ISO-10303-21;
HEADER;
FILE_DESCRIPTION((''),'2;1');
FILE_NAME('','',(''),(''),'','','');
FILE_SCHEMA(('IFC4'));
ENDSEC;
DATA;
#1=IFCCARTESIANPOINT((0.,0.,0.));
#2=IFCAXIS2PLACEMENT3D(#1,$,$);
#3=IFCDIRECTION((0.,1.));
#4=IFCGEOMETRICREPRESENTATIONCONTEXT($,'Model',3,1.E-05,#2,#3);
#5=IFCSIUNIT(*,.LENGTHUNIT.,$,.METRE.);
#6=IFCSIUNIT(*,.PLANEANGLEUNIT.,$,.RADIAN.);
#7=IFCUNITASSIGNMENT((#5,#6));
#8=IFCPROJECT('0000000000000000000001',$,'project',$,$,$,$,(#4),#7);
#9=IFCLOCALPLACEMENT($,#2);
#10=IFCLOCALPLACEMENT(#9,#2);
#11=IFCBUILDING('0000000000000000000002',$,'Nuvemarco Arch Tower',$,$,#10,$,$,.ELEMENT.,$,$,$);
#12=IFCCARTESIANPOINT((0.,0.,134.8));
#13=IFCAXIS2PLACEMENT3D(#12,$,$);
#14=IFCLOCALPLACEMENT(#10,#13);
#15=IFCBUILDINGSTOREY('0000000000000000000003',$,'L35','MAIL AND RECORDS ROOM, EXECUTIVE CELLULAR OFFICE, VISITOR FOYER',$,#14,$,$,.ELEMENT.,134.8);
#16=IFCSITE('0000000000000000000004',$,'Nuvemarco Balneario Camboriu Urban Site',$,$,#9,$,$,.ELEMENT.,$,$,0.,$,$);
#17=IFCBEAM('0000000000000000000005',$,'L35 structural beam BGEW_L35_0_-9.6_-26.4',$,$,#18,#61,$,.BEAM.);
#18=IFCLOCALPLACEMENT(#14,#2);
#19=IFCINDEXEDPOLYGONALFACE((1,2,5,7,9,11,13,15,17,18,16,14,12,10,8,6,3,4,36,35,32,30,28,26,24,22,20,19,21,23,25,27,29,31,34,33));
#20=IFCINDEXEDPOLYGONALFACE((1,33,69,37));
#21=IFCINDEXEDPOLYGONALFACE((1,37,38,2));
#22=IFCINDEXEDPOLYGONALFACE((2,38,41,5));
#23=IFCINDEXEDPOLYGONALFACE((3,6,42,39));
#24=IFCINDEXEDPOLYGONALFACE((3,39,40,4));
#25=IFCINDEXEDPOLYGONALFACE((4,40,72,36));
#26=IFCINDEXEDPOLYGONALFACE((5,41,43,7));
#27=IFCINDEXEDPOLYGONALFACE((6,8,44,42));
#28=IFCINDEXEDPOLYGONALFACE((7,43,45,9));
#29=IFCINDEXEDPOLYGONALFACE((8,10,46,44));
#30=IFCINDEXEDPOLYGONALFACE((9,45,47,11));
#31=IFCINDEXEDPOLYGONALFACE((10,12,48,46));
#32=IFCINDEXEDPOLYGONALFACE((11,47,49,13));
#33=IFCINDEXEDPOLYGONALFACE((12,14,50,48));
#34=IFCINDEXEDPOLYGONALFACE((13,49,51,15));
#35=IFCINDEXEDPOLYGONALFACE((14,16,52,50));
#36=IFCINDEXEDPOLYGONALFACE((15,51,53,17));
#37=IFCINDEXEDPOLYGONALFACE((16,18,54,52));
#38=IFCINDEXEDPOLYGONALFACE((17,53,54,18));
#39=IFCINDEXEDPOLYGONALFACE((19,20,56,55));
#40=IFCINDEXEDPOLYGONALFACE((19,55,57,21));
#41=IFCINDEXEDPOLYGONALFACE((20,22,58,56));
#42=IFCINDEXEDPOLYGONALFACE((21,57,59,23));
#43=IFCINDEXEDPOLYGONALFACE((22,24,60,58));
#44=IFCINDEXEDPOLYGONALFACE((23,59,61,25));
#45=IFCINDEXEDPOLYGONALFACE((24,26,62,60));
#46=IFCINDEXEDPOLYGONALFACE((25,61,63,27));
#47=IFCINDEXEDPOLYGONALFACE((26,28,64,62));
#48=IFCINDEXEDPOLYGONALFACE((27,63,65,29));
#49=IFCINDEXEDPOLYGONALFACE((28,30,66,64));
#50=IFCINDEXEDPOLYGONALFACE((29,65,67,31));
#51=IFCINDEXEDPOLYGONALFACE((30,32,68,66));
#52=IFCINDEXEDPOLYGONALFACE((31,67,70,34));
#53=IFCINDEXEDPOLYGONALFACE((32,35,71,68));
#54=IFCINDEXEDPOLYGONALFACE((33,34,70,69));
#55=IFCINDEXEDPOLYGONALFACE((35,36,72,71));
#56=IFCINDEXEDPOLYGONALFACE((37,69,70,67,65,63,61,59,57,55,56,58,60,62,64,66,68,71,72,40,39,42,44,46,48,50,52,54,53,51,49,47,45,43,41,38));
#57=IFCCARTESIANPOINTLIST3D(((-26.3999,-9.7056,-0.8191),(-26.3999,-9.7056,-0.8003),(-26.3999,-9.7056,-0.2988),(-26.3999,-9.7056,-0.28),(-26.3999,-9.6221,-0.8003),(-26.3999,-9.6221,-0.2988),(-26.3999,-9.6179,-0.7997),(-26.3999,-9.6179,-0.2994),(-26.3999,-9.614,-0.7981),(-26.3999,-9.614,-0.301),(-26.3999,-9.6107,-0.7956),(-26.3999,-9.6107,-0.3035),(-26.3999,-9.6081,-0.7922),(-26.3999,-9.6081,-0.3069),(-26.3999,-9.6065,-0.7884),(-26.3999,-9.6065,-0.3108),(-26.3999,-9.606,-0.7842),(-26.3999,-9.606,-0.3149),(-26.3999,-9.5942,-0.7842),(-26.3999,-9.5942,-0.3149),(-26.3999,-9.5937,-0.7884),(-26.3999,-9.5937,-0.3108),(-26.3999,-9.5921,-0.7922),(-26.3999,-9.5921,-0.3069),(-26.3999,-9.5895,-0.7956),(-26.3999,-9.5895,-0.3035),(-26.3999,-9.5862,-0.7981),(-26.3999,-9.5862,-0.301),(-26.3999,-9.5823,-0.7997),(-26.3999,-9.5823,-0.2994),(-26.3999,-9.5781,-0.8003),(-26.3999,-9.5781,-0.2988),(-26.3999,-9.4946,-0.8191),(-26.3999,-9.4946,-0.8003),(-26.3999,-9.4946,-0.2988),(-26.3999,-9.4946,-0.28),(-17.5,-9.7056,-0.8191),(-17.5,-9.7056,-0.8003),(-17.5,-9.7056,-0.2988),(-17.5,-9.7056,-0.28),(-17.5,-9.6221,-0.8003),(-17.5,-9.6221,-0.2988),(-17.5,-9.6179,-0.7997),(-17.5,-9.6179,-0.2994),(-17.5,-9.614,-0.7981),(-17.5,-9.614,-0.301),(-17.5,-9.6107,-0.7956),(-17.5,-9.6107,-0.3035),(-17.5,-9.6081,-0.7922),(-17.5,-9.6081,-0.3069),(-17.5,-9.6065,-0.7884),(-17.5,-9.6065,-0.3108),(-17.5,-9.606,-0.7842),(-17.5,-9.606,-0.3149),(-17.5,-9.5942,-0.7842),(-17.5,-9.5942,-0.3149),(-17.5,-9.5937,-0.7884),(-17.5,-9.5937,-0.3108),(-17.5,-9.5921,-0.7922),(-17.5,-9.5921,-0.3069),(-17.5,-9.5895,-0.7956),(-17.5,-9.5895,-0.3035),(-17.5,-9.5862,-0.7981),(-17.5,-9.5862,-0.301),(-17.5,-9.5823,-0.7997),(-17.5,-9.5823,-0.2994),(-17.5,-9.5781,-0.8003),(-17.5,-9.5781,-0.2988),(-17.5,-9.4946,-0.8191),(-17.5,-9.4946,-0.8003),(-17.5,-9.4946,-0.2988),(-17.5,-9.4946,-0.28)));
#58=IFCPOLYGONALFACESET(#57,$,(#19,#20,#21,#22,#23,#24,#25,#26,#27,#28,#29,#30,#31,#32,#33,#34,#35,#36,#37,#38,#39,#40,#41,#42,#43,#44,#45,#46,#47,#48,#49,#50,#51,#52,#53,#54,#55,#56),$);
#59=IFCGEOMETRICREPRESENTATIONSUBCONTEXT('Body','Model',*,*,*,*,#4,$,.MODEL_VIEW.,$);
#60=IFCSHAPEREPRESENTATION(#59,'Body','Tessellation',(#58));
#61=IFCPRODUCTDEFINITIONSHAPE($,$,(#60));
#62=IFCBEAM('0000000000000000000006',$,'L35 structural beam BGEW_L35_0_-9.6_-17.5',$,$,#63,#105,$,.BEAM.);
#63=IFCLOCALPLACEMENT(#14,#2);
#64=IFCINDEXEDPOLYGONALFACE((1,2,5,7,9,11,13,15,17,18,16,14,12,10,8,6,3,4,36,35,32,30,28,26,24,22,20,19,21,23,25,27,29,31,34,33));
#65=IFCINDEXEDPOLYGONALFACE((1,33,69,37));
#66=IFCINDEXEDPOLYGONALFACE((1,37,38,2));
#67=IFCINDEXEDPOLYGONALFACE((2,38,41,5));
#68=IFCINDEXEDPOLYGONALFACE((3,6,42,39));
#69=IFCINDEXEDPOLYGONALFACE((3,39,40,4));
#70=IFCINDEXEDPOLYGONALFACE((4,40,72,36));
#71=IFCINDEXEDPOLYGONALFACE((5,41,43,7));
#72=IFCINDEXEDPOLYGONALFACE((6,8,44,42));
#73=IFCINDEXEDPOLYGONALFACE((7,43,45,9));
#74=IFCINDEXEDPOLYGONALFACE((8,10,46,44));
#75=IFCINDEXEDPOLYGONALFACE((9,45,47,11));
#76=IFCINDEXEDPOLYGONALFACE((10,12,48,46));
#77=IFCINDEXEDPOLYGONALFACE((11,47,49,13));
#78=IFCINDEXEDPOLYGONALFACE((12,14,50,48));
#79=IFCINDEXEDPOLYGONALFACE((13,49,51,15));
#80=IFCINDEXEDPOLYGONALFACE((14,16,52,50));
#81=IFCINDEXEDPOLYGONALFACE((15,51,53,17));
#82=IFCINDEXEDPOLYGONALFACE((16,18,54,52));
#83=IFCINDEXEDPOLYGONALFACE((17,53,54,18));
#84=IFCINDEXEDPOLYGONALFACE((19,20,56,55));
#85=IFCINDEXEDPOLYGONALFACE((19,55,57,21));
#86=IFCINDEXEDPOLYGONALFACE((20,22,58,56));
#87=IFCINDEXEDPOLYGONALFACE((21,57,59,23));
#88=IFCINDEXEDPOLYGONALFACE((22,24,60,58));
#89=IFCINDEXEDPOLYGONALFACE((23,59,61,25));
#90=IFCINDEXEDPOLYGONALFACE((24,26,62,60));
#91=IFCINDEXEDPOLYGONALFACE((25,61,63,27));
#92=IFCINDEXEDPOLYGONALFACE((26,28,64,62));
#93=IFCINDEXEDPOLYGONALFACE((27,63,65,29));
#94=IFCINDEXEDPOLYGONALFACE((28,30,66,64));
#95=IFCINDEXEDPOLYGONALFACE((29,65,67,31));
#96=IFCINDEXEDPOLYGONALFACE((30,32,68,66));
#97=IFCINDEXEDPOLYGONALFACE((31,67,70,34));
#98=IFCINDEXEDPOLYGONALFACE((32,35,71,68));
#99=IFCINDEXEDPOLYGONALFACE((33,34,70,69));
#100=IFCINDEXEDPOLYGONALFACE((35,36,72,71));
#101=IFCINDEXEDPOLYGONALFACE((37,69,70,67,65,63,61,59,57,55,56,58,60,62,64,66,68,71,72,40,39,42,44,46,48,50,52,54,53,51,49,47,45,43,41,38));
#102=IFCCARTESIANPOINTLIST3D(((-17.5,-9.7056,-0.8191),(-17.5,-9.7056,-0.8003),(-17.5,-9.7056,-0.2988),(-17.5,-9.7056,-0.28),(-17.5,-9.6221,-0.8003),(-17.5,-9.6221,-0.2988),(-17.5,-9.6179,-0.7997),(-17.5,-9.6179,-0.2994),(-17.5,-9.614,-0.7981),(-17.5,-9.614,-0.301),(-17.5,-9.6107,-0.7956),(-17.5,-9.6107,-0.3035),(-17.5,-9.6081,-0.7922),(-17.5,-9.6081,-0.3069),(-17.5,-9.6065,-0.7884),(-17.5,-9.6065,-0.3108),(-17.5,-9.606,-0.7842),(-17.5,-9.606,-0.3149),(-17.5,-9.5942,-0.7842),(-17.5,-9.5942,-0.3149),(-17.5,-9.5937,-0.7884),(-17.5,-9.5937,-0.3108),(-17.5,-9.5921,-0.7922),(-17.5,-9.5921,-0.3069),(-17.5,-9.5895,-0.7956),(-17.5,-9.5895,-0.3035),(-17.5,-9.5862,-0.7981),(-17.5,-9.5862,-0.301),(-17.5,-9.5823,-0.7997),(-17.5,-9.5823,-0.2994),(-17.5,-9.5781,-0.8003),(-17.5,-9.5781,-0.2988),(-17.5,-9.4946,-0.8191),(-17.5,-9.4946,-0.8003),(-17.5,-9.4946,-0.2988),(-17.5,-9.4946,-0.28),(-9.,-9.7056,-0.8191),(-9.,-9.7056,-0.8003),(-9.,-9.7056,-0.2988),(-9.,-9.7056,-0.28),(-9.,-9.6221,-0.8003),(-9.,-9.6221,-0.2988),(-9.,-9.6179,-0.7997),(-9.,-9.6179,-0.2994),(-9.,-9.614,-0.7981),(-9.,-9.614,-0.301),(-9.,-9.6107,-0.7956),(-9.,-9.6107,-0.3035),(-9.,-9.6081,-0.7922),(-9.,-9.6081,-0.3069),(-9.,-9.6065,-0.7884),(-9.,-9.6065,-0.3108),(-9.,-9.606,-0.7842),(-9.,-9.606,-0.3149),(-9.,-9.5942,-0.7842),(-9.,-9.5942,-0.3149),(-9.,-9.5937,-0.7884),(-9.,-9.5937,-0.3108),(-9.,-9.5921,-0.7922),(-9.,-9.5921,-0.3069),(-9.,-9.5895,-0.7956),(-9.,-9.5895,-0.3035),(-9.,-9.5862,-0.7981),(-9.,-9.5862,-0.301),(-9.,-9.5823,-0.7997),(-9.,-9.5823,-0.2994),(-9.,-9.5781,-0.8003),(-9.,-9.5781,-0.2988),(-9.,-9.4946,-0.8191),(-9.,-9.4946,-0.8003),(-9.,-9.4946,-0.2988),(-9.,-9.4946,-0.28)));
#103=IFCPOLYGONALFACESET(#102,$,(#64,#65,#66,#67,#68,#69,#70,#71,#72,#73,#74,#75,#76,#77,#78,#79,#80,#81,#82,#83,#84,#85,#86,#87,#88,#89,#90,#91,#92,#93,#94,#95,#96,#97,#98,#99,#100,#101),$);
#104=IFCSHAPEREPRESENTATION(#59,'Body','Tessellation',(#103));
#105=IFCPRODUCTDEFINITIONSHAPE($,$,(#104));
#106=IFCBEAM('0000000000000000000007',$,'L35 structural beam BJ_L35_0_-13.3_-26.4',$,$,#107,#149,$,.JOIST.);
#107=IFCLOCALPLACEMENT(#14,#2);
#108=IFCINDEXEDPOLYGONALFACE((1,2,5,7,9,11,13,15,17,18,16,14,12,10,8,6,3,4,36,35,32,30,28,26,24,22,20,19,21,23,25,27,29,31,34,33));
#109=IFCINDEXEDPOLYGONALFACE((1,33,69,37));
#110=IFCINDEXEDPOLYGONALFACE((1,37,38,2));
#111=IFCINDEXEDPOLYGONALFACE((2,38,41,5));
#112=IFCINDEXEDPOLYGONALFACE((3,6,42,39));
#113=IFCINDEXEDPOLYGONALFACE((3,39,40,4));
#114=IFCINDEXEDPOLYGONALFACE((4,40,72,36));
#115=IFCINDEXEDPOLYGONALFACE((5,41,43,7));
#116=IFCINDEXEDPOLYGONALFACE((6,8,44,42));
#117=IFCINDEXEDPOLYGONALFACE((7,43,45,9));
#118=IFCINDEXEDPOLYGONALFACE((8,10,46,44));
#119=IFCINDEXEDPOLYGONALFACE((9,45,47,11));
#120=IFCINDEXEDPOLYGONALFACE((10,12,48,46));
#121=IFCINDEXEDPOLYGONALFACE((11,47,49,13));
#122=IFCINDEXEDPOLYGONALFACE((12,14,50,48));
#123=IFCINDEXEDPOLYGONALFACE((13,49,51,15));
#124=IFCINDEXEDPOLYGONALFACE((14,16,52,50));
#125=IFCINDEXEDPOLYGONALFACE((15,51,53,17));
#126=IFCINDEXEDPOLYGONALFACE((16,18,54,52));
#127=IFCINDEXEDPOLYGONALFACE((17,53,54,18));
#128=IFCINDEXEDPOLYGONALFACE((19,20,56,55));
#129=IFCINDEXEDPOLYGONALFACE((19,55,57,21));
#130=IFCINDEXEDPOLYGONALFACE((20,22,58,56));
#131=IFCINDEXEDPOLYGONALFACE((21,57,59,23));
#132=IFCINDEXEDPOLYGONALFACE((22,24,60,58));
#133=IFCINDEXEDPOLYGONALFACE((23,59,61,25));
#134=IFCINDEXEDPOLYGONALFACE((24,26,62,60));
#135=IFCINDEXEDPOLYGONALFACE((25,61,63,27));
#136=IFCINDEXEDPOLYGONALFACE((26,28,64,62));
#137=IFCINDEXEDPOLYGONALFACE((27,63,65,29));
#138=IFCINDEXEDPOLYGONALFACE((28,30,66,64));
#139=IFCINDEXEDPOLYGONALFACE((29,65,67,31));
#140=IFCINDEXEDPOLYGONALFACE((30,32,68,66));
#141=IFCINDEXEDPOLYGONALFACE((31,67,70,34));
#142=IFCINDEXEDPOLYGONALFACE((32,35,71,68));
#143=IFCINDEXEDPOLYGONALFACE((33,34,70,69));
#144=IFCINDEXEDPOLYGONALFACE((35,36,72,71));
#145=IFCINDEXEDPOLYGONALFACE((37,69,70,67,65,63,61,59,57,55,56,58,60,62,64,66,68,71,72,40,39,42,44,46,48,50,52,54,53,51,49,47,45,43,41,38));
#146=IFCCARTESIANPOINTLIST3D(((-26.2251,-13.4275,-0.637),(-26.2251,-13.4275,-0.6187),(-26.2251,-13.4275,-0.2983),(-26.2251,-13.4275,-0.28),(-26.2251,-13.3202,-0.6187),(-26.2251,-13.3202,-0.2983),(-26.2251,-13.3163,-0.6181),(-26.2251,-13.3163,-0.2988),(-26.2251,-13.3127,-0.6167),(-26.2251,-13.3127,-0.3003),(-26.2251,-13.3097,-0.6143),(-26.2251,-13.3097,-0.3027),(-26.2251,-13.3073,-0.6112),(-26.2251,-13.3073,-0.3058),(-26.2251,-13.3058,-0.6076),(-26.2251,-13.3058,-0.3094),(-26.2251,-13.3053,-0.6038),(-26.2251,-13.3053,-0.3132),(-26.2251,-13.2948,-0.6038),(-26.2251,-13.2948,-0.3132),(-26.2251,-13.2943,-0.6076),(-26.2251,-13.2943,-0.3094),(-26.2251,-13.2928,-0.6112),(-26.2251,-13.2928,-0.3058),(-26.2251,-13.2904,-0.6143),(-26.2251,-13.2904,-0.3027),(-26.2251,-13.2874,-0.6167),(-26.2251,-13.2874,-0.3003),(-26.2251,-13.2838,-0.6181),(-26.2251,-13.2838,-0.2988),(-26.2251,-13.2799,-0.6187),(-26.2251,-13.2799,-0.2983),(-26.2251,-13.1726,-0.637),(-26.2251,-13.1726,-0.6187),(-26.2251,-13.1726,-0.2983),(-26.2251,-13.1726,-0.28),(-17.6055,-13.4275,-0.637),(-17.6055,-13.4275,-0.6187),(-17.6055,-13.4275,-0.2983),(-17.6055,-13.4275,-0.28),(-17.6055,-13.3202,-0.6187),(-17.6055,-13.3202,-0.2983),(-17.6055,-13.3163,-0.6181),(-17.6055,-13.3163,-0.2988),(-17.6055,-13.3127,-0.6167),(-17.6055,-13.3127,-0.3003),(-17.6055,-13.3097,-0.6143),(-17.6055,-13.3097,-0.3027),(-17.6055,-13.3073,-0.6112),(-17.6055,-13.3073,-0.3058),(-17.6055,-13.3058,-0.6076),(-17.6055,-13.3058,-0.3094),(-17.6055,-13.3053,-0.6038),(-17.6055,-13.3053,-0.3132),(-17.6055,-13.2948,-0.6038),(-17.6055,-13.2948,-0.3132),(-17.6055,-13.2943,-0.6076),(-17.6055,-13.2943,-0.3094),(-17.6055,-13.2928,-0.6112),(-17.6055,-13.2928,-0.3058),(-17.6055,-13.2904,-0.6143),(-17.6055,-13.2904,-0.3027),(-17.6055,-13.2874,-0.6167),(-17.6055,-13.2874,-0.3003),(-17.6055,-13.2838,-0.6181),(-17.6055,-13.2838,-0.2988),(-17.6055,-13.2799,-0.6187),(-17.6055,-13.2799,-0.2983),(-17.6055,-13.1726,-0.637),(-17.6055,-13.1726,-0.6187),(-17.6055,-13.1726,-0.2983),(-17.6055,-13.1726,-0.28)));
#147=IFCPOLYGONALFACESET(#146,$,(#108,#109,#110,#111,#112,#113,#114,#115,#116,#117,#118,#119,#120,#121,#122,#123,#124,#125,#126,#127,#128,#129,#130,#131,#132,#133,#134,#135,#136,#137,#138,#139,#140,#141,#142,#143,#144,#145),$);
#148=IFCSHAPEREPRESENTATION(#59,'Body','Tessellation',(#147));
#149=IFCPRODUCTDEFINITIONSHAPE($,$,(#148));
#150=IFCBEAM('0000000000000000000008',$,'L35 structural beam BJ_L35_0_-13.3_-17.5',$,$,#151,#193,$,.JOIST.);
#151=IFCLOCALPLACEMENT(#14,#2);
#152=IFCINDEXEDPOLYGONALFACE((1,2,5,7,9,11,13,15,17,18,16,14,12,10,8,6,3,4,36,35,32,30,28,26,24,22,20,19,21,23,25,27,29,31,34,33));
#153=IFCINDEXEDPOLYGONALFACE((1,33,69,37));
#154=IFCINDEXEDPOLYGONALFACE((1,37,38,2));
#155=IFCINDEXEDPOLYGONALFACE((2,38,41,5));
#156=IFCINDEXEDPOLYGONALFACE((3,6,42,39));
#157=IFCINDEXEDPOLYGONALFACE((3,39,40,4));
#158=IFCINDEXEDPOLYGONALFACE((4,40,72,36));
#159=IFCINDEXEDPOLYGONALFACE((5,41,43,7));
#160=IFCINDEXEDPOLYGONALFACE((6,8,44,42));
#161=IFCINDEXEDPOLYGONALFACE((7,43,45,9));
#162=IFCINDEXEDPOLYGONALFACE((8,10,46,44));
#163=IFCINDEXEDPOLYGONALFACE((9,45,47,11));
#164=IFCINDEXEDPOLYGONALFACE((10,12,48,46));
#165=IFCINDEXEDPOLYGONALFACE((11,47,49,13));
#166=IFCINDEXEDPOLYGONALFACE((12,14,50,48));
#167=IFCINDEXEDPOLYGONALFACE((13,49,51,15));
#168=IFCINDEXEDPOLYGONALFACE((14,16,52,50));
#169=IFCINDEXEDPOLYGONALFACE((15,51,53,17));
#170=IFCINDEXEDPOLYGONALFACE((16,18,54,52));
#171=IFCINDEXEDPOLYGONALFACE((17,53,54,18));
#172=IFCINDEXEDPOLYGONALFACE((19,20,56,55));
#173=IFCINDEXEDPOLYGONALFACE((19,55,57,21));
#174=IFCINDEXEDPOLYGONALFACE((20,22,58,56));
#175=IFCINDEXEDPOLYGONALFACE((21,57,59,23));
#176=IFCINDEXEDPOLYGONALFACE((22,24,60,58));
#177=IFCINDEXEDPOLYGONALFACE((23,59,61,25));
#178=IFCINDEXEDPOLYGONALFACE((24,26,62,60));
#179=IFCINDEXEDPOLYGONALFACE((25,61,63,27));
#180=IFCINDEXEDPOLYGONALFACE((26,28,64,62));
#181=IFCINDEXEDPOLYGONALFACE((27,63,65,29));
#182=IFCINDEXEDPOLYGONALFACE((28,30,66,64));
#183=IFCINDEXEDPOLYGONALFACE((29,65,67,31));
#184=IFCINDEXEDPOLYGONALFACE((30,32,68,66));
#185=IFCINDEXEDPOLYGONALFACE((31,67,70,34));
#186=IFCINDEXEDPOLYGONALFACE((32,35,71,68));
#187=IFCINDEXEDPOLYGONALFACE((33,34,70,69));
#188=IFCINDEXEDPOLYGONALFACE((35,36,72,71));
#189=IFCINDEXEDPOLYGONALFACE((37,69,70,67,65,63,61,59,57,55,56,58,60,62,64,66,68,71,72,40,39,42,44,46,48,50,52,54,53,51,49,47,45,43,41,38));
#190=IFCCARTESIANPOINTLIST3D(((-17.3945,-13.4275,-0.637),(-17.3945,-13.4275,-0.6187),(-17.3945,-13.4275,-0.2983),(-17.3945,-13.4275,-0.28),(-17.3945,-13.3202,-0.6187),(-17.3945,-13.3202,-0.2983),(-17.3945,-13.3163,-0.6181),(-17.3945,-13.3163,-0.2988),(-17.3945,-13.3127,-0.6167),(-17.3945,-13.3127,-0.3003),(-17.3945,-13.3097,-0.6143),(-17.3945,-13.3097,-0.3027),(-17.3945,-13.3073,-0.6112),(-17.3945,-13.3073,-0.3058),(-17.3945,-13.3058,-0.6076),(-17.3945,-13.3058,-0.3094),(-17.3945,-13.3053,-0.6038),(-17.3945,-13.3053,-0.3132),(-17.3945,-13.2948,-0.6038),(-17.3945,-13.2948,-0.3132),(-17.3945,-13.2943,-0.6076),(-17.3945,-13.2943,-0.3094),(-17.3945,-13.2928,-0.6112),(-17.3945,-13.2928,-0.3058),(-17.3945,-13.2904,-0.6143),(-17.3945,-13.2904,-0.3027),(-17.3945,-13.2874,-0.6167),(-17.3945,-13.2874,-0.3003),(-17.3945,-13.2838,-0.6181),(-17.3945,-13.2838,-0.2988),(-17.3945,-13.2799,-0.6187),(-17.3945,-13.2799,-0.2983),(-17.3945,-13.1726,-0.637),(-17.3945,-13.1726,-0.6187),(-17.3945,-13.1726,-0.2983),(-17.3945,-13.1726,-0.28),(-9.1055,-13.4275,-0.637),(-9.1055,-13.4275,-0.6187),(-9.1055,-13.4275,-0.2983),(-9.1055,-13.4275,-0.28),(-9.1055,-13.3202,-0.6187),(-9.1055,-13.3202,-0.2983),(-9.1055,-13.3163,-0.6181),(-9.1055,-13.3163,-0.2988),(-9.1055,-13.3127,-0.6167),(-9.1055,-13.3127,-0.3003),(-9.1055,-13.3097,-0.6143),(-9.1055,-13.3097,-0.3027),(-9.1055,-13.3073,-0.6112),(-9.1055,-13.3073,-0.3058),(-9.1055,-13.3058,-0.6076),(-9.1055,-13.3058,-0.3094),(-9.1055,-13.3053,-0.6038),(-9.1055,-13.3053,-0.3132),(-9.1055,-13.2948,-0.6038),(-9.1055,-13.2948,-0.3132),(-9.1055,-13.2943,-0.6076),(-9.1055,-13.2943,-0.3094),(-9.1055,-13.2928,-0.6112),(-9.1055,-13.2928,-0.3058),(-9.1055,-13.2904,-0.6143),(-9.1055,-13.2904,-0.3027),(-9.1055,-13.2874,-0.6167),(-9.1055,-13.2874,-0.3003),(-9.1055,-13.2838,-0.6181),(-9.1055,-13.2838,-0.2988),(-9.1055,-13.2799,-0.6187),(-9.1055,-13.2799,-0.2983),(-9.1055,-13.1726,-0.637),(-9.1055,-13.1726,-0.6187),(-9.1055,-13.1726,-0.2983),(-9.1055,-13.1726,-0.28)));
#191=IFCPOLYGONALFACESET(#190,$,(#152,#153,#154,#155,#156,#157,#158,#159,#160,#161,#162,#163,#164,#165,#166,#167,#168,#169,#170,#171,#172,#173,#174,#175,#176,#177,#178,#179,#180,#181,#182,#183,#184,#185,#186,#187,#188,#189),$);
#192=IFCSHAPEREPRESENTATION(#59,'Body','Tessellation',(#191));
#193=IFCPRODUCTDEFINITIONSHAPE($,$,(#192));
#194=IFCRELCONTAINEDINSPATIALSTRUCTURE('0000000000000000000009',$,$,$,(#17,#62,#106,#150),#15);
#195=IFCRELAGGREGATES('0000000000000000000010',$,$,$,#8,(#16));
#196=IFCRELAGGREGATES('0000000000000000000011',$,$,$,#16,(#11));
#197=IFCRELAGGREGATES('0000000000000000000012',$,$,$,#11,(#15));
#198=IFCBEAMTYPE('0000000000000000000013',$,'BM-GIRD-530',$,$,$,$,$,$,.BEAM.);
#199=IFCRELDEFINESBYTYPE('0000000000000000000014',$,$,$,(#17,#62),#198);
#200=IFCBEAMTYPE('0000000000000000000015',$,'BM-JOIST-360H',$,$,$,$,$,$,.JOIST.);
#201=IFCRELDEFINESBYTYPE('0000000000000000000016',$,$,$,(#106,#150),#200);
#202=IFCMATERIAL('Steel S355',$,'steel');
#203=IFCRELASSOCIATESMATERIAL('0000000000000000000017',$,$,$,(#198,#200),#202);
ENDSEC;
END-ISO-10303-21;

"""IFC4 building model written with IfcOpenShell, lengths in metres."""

from ifc_helpers import new_model, si_unit, direction, frame, origin, origin_2d, place, context, subcontext, project, spatial, i_section, extrude, material, material_profile, profile_set, type_object, element, save


model = new_model("IFC4")

# Units and contexts
model_context = context("Model", 3, precision=1e-05, world=origin(), true_north=direction((0.0, 1.0)))
body_context = subcontext(model_context, "Body", "Model", "MODEL_VIEW")
ifc_project = project(units=[si_unit("LENGTHUNIT", "METRE"), si_unit("PLANEANGLEUNIT", "RADIAN")], contexts=[model_context])

# Site, building, storey
site_placement = place(None, origin())
site = spatial("IfcSite", under=ifc_project, at=site_placement, Name="Nuvemarco Balneario Camboriu Urban Site", CompositionType="ELEMENT", RefElevation=0.0)
building_placement = place(site_placement, origin())
building = spatial("IfcBuilding", under=site, at=building_placement, Name="Nuvemarco Arch Tower", CompositionType="ELEMENT")
storey_placement = place(building_placement, frame((0.0, 0.0, 134.8)))
storey = spatial("IfcBuildingStorey", under=building, at=storey_placement, Name="L35", Description="MAIL AND RECORDS ROOM, EXECUTIVE CELLULAR OFFICE, VISITOR FOYER", CompositionType="ELEMENT", Elevation=134.8)

# Shared definitions
ifc_material_1 = material(Name="Steel S355", Category="steel")

# Beams
ifc_material_profile_1 = material_profile(ifc_material_1, i_section(OverallWidth=0.2109, OverallDepth=0.5391, WebThickness=0.0117, FlangeThickness=0.0188, FilletRadius=0.0161, at=origin_2d()), Name="W530x109")
ifc_profile_set_1 = profile_set([ifc_material_profile_1], Name="Steel S355")
beam_type_1 = type_object("IfcBeamType", Name="BM-GIRD-530", PredefinedType="BEAM", material=ifc_profile_set_1)
beam_1_placement = place(storey_placement, frame((-26.3999, -9.6001, -0.5496), z_axis=(1.0, 0.0, 0.0), x_axis=(0.0, 1.0, 0.0)))
element("IfcBeam", 1, at=beam_1_placement, inside=storey, type_object=beam_type_1, Name="L35 structural beam BGEW_L35_0_-9.6_-26.4", PredefinedType="BEAM", context=body_context, shape_type="SweptSolid", body=[
    extrude(i_section(OverallWidth=0.2109, OverallDepth=0.5391, WebThickness=0.0117, FlangeThickness=0.0188, FilletRadius=0.0161, at=origin_2d()), origin(), (0.0, 0.0, 1.0), 8.8999),
])
beam_2_placement = place(storey_placement, frame((-17.5, -9.6001, -0.5496), z_axis=(1.0, 0.0, 0.0), x_axis=(0.0, 1.0, 0.0)))
element("IfcBeam", 2, at=beam_2_placement, inside=storey, type_object=beam_type_1, Name="L35 structural beam BGEW_L35_0_-9.6_-17.5", PredefinedType="BEAM", context=body_context, shape_type="SweptSolid", body=[
    extrude(i_section(OverallWidth=0.2109, OverallDepth=0.5391, WebThickness=0.0117, FlangeThickness=0.0188, FilletRadius=0.0161, at=origin_2d()), origin(), (0.0, 0.0, 1.0), 8.5),
])
ifc_material_profile_2 = material_profile(ifc_material_1, i_section(OverallWidth=0.2549, OverallDepth=0.3569, WebThickness=0.0105, FlangeThickness=0.0183, FilletRadius=0.0149, at=origin_2d()), Name="W360x101")
ifc_profile_set_2 = profile_set([ifc_material_profile_2], Name="Steel S355")
beam_type_2 = type_object("IfcBeamType", Name="BM-JOIST-360H", PredefinedType="JOIST", material=ifc_profile_set_2)
beam_3_placement = place(storey_placement, frame((-26.2251, -13.3, -0.4585), z_axis=(1.0, 0.0, 0.0), x_axis=(0.0, 1.0, 0.0)))
element("IfcBeam", 3, at=beam_3_placement, inside=storey, type_object=beam_type_2, Name="L35 structural beam BJ_L35_0_-13.3_-26.4", PredefinedType="JOIST", context=body_context, shape_type="SweptSolid", body=[
    extrude(i_section(OverallWidth=0.2549, OverallDepth=0.3569, WebThickness=0.0105, FlangeThickness=0.0183, FilletRadius=0.0149, at=origin_2d()), origin(), (0.0, 0.0, 1.0), 8.6196),
])
beam_4_placement = place(storey_placement, frame((-17.3945, -13.3, -0.4585), z_axis=(1.0, 0.0, 0.0), x_axis=(0.0, 1.0, 0.0)))
element("IfcBeam", 4, at=beam_4_placement, inside=storey, type_object=beam_type_2, Name="L35 structural beam BJ_L35_0_-13.3_-17.5", PredefinedType="JOIST", context=body_context, shape_type="SweptSolid", body=[
    extrude(i_section(OverallWidth=0.2549, OverallDepth=0.3569, WebThickness=0.0105, FlangeThickness=0.0183, FilletRadius=0.0149, at=origin_2d()), origin(), (0.0, 0.0, 1.0), 8.2891),
])

save(model, "model.ifc")
